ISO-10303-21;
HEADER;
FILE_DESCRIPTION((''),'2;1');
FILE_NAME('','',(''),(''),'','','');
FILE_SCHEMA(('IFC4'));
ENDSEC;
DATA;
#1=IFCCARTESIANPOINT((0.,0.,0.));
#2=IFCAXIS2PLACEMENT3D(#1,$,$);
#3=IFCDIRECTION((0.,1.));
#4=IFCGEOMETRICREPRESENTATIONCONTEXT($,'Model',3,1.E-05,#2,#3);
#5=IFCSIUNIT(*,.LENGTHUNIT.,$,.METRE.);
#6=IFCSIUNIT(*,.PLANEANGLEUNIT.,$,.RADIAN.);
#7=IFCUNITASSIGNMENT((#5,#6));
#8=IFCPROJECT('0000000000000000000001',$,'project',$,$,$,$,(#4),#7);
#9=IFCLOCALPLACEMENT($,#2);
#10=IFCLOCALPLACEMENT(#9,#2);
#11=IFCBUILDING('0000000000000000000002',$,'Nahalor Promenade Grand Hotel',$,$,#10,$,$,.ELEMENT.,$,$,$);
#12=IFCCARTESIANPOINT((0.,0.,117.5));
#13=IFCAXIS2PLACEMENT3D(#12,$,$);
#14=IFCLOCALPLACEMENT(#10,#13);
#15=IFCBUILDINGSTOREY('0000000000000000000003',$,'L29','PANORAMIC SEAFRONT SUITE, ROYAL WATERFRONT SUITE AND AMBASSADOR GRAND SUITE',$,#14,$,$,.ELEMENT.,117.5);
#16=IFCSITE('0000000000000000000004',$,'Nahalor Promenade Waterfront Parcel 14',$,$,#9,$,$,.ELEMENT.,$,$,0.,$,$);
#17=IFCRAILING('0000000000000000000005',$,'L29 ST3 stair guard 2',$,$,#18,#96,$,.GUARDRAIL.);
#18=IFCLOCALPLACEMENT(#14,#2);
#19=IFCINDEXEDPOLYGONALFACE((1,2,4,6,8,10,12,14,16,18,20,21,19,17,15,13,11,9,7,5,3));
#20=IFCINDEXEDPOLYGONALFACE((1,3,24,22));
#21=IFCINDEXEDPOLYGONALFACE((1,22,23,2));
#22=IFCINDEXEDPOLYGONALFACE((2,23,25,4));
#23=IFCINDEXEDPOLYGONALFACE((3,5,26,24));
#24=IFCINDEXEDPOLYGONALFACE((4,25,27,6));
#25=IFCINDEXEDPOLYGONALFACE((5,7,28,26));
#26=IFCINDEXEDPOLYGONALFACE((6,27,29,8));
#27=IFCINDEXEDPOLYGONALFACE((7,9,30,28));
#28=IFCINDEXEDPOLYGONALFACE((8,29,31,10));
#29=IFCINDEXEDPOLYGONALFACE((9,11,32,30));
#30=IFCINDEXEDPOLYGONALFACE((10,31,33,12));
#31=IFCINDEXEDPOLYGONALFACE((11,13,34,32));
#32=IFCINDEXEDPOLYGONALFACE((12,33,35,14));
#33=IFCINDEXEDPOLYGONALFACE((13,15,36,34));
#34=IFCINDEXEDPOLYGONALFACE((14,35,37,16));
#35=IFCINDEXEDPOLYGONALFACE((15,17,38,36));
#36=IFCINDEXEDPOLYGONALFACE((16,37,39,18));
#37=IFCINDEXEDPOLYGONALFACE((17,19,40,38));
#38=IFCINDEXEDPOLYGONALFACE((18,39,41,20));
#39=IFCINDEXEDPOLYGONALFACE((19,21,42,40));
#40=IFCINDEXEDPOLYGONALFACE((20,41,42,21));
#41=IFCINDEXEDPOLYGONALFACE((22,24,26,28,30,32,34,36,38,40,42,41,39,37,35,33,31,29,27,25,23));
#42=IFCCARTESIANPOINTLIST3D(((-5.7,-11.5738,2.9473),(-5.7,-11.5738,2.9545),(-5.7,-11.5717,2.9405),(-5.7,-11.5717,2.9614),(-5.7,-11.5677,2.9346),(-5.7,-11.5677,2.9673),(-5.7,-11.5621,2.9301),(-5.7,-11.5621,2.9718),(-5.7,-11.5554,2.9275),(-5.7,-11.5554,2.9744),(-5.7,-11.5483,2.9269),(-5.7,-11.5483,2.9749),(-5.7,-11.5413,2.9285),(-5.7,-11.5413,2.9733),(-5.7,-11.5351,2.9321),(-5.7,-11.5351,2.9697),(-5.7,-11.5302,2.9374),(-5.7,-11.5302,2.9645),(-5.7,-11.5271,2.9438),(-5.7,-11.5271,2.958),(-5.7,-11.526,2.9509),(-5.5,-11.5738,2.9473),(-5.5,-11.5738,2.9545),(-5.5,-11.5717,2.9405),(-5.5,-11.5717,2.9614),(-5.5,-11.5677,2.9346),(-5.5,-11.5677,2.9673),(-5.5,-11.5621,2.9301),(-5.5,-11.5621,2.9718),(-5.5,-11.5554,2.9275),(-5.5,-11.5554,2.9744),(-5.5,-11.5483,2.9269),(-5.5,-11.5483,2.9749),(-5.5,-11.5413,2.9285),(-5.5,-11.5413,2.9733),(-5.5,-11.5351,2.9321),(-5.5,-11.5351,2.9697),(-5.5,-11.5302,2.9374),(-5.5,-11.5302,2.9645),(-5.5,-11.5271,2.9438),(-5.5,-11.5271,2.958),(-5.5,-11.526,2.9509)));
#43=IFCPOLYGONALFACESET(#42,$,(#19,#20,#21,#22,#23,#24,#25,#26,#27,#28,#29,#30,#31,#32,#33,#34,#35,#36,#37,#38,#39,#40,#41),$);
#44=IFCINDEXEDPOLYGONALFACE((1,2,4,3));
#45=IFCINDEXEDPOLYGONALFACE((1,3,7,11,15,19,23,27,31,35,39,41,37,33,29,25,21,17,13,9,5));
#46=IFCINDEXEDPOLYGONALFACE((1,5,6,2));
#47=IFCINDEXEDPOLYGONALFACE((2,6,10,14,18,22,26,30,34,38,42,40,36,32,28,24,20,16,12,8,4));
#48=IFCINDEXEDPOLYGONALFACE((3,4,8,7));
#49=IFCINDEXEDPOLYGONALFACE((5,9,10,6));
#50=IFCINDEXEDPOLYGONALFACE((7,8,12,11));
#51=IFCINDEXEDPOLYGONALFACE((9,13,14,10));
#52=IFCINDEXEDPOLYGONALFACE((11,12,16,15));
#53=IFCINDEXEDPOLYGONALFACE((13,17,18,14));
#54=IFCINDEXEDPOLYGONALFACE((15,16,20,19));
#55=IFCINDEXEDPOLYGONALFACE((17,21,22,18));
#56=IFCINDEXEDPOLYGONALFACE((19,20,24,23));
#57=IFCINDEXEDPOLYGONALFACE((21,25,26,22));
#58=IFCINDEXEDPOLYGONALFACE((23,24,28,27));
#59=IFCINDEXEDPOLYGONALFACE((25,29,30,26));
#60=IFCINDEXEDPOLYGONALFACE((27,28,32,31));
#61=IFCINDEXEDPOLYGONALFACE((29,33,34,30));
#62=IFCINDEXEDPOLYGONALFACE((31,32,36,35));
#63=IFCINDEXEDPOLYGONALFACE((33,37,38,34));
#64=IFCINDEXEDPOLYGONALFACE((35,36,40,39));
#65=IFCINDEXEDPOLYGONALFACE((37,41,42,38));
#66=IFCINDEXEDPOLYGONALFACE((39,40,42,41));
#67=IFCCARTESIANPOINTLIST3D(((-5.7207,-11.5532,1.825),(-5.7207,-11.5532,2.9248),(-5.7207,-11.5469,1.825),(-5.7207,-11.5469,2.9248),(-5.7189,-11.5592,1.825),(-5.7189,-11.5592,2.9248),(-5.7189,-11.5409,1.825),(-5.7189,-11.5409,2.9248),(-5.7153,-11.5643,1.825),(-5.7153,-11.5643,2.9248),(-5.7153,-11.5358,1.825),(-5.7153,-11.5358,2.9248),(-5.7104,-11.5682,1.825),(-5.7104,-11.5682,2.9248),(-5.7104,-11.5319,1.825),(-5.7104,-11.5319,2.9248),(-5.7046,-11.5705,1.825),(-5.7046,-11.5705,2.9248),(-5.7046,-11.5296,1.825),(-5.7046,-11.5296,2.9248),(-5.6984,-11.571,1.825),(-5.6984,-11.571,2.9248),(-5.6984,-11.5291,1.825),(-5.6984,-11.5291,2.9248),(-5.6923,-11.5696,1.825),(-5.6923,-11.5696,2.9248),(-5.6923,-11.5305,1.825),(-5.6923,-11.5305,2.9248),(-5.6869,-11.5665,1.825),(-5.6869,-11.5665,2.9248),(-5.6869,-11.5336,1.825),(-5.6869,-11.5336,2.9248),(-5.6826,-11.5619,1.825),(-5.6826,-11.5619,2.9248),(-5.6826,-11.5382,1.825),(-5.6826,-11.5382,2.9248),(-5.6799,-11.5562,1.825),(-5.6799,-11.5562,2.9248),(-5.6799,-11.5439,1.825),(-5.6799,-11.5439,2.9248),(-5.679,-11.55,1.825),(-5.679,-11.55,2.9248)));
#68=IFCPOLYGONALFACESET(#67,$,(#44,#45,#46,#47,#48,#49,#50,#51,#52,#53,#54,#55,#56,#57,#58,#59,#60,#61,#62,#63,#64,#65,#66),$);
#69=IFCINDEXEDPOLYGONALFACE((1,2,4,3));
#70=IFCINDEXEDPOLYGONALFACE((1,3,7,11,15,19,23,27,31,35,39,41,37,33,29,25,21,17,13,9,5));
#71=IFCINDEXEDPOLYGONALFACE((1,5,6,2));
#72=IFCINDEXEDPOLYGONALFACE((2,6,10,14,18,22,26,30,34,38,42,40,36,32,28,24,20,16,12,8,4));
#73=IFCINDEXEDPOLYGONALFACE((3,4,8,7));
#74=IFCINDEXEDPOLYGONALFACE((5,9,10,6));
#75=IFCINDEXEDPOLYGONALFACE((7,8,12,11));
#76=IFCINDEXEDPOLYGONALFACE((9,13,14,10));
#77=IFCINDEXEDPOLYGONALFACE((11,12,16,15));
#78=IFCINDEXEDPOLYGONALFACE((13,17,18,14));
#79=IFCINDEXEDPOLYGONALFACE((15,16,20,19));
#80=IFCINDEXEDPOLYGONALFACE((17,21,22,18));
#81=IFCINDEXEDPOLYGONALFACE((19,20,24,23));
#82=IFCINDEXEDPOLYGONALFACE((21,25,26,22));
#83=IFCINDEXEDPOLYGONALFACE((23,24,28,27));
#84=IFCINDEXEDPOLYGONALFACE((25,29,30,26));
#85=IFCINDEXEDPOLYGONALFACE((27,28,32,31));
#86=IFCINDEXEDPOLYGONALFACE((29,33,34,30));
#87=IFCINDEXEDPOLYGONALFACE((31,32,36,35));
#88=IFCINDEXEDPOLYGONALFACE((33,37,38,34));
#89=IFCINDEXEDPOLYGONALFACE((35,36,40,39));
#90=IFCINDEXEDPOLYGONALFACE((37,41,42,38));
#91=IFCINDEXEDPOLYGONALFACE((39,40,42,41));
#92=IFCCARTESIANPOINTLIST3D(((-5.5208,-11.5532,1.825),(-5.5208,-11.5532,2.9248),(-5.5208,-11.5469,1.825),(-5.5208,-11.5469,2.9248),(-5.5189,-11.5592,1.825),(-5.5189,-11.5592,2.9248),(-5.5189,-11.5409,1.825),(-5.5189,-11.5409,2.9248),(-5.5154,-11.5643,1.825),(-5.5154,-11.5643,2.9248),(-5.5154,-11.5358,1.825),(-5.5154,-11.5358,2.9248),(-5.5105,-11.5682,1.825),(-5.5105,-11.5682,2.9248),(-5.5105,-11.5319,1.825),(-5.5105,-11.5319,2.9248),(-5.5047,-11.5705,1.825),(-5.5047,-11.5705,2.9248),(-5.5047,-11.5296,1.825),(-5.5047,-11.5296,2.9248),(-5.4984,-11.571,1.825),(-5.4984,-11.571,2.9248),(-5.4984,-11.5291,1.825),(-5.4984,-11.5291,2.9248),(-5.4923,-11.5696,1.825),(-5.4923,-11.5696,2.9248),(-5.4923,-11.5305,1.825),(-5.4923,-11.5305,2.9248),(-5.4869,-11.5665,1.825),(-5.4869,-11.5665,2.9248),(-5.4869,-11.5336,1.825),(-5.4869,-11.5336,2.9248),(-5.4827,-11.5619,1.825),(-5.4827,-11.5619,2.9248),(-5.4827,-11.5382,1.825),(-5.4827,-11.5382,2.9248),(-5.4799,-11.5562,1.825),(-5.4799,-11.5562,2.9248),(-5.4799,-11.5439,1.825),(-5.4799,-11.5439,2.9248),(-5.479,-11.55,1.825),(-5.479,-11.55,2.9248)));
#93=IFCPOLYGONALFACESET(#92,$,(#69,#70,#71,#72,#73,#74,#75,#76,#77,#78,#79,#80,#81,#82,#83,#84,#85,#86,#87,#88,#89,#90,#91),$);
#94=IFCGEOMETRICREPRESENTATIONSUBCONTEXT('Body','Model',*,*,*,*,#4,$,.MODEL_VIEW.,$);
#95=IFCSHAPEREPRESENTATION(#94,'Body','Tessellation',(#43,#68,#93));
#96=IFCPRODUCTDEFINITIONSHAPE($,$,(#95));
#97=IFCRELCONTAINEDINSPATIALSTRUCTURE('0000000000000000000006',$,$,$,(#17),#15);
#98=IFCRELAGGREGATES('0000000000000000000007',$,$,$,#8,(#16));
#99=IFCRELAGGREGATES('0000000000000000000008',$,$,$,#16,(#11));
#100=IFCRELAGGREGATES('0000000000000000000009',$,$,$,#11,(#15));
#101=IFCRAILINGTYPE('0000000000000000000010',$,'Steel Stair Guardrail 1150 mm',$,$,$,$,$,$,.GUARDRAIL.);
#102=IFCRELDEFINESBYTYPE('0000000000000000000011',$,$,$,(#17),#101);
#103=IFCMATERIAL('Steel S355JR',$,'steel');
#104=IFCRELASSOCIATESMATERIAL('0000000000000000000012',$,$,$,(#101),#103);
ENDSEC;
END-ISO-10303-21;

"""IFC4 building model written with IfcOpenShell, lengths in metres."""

from ifc_helpers import new_model, si_unit, direction, frame, origin, origin_2d, place, context, subcontext, project, spatial, circle, extrude, material, type_object, element, save


model = new_model("IFC4")

# Units and contexts
model_context = context("Model", 3, precision=1e-05, world=origin(), true_north=direction((0.0, 1.0)))
body_context = subcontext(model_context, "Body", "Model", "MODEL_VIEW")
ifc_project = project(units=[si_unit("LENGTHUNIT", "METRE"), si_unit("PLANEANGLEUNIT", "RADIAN")], contexts=[model_context])

# Site, building, storey
site_placement = place(None, origin())
site = spatial("IfcSite", under=ifc_project, at=site_placement, Name="Nahalor Promenade Waterfront Parcel 14", CompositionType="ELEMENT", RefElevation=0.0)
building_placement = place(site_placement, origin())
building = spatial("IfcBuilding", under=site, at=building_placement, Name="Nahalor Promenade Grand Hotel", CompositionType="ELEMENT")
storey_placement = place(building_placement, frame((0.0, 0.0, 117.5)))
storey = spatial("IfcBuildingStorey", under=building, at=storey_placement, Name="L29", Description="PANORAMIC SEAFRONT SUITE, ROYAL WATERFRONT SUITE AND AMBASSADOR GRAND SUITE", CompositionType="ELEMENT", Elevation=117.5)

# Shared definitions
ifc_material_1 = material(Name="Steel S355JR", Category="steel")

# Railing
railing_type_1 = type_object("IfcRailingType", Name="Steel Stair Guardrail 1150 mm", PredefinedType="GUARDRAIL", material=ifc_material_1)
railing_1_placement = place(storey_placement, frame((-5.7, -11.55, 1.825)))
element("IfcRailing", 1, at=railing_1_placement, inside=storey, type_object=railing_type_1, Name="L29 ST3 stair guard 2", PredefinedType="GUARDRAIL", context=body_context, shape_type="SweptSolid", body=[
    extrude(circle(Radius=0.024, at=origin_2d()), frame((0.0, 0.0, 1.126), z_axis=(1.0, 0.0, 0.0), x_axis=(0.0, 1.0, 0.0)), (0.0, 0.0, 1.0), 0.2),
    extrude(circle(Radius=0.021, at=origin_2d()), origin(), (0.0, 0.0, 1.0), 1.0999),
    extrude(circle(Radius=0.021, at=origin_2d()), frame((0.2, 0.0, 0.0)), (0.0, 0.0, 1.0), 1.0999),
])

save(model, "model.ifc")
